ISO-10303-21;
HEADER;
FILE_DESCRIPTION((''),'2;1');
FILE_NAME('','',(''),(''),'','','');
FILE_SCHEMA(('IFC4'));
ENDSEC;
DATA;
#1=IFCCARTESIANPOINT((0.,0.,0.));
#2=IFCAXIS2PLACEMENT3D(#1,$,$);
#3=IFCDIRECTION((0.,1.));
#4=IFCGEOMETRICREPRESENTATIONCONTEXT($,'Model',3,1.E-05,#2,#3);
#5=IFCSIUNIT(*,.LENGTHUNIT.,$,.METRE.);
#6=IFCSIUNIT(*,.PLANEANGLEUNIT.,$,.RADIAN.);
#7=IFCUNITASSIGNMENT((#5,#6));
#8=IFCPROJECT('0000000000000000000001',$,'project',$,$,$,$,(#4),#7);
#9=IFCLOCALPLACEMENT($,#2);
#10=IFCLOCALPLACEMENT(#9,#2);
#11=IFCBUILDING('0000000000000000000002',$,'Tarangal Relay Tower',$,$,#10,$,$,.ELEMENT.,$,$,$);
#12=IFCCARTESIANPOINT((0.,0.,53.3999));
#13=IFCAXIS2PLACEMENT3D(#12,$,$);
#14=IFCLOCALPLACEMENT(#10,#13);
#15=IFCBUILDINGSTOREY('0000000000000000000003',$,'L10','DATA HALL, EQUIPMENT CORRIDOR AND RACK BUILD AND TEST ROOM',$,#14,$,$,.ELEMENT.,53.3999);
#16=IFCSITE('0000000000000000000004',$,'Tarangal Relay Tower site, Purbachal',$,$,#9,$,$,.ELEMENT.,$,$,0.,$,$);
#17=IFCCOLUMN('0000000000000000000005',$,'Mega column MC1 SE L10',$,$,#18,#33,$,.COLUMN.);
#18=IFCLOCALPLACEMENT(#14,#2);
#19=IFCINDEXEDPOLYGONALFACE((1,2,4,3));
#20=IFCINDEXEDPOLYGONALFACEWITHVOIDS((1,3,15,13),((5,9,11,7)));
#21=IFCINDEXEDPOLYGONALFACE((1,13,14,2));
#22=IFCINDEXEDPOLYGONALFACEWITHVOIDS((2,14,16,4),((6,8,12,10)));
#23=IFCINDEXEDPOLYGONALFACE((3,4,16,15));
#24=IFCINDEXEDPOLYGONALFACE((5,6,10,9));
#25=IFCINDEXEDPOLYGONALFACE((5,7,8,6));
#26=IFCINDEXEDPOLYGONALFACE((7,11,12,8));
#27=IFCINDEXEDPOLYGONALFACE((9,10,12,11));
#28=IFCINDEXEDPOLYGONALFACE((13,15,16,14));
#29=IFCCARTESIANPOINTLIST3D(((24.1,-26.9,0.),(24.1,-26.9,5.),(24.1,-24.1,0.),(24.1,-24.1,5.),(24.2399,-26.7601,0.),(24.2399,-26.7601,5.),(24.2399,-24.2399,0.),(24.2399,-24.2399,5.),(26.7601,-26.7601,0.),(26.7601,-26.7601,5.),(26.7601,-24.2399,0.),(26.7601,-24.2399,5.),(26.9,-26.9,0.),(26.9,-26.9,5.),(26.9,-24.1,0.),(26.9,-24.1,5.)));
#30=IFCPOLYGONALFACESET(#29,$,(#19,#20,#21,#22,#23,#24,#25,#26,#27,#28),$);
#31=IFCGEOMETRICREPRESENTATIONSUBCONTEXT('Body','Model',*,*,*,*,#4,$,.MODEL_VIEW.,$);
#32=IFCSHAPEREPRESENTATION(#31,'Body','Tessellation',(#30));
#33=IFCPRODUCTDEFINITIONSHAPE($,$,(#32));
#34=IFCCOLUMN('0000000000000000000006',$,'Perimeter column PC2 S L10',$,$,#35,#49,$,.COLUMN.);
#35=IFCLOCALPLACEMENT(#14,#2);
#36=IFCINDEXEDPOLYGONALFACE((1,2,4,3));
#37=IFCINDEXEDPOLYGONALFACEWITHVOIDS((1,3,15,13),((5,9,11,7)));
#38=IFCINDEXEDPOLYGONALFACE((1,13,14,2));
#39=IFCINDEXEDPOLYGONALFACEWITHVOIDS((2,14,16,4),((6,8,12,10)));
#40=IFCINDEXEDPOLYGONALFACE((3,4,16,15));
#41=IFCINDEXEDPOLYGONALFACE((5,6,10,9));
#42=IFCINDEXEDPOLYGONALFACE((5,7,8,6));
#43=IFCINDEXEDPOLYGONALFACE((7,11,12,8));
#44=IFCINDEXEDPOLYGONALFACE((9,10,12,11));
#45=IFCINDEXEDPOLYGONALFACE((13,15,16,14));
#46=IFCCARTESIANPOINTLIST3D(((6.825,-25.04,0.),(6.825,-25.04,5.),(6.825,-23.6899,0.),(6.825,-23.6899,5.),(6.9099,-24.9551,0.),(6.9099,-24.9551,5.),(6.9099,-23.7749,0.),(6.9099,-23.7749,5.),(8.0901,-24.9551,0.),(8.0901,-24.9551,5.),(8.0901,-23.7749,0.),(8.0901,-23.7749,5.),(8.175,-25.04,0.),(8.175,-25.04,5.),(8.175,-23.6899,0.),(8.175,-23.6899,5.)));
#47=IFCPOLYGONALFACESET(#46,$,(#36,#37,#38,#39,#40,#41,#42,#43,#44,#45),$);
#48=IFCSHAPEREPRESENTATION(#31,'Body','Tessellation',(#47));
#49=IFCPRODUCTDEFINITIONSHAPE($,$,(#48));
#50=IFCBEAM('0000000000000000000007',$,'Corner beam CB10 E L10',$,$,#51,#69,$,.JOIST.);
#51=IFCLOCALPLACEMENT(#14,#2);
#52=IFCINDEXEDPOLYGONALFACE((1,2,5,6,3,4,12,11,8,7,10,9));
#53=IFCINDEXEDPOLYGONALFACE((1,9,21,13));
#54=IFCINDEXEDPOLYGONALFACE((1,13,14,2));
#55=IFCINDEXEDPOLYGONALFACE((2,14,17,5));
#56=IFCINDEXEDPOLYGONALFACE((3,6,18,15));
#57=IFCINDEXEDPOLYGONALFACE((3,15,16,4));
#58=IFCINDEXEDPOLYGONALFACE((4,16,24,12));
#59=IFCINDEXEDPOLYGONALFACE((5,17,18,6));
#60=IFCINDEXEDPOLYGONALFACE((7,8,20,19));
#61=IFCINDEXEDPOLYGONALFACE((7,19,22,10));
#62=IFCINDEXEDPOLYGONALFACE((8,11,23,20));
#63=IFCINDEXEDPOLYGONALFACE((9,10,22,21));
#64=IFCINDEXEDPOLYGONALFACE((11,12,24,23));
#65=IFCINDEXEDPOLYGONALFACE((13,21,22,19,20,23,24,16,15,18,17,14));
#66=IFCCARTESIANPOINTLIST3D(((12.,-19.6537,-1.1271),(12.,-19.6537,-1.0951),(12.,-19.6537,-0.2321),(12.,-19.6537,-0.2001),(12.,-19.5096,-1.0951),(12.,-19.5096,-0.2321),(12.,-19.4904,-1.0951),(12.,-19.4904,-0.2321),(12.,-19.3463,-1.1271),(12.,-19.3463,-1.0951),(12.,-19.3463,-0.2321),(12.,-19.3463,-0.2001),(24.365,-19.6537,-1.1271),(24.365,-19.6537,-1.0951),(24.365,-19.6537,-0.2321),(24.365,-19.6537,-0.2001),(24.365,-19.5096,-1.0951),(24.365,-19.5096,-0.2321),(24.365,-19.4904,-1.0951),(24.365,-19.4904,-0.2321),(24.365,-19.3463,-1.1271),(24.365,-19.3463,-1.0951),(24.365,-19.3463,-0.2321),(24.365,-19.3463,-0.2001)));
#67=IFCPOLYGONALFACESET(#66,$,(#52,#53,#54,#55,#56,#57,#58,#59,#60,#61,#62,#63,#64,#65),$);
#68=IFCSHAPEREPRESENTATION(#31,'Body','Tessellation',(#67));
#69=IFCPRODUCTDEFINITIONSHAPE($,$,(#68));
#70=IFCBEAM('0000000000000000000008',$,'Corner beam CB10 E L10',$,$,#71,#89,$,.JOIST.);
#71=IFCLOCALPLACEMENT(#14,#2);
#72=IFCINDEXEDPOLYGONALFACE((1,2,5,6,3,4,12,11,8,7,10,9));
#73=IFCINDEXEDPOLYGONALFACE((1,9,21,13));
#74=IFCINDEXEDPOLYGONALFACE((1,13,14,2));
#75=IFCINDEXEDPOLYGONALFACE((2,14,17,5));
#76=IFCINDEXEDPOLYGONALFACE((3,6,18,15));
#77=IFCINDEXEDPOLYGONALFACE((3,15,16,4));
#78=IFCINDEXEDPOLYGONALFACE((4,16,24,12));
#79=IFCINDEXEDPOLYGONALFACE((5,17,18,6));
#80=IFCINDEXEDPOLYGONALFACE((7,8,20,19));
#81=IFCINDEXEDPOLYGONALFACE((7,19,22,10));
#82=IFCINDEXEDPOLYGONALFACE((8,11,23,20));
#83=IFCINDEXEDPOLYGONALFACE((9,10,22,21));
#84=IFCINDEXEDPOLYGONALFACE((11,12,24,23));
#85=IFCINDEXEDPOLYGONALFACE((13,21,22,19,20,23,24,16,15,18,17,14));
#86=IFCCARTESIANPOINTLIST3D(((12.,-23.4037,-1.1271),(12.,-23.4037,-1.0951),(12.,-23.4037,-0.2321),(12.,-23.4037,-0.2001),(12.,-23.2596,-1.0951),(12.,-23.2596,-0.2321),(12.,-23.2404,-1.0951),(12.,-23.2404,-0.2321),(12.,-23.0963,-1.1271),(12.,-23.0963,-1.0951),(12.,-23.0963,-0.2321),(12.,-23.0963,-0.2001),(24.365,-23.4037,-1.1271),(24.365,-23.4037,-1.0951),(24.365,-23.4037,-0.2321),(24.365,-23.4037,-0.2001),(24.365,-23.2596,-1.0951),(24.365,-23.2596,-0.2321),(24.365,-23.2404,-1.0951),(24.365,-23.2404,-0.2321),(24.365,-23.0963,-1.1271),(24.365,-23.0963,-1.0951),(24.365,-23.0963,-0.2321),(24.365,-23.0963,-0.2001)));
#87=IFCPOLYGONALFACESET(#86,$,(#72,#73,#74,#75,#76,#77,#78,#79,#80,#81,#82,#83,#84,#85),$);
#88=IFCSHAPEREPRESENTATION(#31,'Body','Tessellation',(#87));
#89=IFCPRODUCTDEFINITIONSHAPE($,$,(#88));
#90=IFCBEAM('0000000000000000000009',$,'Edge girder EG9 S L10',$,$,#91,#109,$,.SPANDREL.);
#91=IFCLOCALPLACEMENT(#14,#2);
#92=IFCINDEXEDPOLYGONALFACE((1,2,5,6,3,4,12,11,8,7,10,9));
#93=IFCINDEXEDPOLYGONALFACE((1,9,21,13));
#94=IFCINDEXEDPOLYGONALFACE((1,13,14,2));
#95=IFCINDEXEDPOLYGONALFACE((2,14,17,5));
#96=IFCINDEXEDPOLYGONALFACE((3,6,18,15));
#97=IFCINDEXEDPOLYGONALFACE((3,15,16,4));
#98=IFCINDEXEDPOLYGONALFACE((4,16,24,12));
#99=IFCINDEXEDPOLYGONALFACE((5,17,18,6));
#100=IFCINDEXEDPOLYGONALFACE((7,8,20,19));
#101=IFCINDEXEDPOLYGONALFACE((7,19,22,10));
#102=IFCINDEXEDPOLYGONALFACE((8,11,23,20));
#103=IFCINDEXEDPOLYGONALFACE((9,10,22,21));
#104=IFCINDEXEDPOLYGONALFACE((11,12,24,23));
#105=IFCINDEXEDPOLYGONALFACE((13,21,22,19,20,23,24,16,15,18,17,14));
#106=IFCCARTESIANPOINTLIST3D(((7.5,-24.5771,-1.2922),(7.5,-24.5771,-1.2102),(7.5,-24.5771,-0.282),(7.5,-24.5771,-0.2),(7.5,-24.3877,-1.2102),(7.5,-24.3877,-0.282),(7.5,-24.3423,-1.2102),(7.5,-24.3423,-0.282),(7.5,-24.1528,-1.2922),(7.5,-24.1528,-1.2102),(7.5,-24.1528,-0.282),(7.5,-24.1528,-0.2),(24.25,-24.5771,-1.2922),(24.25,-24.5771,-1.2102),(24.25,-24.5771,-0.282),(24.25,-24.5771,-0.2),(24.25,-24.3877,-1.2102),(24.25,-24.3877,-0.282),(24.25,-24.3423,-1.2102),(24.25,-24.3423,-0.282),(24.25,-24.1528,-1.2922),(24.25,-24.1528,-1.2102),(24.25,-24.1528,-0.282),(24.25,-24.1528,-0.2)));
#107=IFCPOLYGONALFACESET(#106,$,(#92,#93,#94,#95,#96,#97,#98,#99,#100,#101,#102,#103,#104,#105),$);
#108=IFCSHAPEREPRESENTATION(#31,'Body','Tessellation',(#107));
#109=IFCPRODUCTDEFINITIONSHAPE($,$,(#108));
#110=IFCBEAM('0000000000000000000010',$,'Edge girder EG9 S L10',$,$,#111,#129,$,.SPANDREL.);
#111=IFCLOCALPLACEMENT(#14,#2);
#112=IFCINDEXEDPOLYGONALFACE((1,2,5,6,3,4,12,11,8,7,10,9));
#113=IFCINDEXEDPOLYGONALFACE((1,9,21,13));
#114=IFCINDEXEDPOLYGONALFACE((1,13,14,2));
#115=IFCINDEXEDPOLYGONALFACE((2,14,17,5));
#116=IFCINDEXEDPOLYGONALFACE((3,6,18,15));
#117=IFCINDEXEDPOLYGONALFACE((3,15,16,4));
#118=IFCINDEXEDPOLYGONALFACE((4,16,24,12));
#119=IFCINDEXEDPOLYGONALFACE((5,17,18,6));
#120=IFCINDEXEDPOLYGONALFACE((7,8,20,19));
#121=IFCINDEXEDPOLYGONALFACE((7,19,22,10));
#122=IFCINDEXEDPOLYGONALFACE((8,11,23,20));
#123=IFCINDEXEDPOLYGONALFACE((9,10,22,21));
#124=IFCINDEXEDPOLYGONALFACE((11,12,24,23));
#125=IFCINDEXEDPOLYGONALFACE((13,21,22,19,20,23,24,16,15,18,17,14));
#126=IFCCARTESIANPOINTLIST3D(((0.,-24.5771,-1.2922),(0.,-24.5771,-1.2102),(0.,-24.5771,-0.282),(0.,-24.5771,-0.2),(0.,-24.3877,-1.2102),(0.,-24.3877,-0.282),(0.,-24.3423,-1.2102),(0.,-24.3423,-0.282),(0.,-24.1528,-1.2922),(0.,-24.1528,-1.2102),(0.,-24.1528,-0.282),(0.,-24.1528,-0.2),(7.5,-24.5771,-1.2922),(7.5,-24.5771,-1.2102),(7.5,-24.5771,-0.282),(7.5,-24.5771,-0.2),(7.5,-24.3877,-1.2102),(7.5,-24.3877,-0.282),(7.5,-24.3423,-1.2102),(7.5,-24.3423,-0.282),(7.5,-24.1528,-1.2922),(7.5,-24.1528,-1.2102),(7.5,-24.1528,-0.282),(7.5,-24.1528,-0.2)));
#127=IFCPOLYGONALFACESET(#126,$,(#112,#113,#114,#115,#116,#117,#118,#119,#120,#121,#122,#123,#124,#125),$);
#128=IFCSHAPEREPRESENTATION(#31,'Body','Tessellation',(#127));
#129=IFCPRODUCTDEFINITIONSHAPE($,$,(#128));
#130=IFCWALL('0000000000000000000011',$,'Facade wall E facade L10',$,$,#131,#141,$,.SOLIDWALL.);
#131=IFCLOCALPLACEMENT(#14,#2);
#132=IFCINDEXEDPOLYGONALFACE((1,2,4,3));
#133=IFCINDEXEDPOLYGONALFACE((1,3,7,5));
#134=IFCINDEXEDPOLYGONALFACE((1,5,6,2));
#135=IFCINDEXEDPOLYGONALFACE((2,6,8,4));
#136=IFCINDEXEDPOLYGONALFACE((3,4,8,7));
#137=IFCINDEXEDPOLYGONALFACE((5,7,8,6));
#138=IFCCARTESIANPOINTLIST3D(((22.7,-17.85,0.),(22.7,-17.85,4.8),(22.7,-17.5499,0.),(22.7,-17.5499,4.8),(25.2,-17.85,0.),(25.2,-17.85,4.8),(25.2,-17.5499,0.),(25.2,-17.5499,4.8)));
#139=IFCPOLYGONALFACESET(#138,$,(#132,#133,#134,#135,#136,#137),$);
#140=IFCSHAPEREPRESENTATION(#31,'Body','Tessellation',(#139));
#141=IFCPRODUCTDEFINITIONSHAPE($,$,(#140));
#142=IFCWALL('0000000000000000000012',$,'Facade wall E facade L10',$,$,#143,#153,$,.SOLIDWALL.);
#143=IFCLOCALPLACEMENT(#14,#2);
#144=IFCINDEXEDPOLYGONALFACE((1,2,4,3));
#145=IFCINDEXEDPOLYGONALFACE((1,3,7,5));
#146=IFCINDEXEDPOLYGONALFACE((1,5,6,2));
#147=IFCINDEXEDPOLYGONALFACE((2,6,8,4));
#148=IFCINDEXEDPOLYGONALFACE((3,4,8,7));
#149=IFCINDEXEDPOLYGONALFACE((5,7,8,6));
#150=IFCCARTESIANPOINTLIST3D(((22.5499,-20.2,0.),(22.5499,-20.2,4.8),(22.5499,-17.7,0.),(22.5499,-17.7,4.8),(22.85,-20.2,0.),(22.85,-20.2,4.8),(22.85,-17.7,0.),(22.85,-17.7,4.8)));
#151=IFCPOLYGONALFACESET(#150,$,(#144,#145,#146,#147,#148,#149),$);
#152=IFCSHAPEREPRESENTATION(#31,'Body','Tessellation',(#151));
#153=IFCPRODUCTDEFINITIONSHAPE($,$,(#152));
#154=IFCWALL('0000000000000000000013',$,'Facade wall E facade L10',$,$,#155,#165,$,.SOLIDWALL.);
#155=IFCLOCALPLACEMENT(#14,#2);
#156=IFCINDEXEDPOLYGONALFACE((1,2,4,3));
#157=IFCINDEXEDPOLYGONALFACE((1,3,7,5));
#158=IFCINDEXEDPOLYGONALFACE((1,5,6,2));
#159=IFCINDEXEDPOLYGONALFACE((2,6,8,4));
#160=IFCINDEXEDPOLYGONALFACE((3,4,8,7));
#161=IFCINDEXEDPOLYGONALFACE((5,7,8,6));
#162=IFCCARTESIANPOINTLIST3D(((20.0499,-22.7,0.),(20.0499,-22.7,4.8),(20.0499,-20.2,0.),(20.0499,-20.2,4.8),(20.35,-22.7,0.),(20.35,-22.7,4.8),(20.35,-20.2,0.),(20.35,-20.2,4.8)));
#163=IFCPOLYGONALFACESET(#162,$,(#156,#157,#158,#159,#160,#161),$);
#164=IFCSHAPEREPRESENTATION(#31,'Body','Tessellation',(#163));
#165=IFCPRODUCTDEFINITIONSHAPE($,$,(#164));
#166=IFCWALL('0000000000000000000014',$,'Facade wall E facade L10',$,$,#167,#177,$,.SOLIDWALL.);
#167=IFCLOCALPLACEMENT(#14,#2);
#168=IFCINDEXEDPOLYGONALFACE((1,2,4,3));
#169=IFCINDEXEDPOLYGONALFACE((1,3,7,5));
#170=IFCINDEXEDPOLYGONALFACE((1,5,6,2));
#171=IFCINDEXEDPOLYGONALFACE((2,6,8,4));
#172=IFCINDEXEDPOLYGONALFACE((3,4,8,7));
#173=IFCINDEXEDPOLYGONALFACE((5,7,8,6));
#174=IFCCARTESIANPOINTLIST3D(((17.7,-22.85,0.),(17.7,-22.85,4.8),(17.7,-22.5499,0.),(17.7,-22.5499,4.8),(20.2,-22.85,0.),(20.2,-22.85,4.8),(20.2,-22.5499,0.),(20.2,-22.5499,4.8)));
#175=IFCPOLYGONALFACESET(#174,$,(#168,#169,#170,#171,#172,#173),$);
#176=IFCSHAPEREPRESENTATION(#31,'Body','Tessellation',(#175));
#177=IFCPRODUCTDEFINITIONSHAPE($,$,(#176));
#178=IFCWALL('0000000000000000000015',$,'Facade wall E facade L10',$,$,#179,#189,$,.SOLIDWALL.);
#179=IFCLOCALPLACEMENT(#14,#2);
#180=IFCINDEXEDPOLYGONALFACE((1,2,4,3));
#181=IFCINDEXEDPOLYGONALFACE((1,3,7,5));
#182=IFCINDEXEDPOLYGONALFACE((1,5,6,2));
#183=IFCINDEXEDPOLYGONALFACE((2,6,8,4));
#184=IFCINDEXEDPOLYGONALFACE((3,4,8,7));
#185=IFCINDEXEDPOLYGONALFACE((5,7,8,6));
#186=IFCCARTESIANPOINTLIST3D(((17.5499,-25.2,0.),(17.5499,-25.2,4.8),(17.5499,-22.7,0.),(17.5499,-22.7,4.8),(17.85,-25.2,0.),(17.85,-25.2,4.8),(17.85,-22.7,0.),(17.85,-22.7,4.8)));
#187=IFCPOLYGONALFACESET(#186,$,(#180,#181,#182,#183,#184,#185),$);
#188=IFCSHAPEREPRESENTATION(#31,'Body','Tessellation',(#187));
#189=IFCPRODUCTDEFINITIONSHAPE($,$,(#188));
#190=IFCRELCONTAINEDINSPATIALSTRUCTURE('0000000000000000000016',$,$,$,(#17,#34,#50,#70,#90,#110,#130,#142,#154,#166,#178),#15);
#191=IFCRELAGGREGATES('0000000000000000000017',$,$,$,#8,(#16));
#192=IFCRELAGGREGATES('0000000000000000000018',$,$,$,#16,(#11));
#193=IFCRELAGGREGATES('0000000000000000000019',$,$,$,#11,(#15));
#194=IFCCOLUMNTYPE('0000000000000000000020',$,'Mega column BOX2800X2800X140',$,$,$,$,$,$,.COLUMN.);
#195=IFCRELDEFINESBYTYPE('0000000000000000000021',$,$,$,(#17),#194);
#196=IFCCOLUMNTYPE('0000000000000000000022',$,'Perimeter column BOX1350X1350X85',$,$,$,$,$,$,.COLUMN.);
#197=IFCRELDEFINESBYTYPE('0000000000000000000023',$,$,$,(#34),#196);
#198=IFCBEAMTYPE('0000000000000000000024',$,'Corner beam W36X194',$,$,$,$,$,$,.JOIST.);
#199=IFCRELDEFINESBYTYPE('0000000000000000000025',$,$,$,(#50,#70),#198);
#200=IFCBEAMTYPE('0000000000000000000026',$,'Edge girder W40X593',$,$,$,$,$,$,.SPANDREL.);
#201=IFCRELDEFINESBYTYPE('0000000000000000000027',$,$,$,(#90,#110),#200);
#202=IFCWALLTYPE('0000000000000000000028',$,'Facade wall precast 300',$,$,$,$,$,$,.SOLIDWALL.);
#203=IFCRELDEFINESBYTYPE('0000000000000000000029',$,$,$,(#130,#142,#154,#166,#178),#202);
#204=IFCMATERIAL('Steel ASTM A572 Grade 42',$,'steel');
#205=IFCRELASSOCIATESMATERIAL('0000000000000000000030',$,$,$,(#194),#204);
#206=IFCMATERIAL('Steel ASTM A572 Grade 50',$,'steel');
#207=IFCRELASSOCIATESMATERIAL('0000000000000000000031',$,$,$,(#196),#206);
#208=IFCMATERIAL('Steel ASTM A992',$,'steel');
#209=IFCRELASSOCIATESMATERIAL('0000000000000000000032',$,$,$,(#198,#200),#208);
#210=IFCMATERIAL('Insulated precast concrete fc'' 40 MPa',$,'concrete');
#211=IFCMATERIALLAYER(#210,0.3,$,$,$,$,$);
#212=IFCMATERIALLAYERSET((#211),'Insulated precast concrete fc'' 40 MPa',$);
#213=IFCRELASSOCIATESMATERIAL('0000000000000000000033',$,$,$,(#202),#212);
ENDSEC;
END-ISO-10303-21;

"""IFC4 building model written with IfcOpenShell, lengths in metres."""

from ifc_helpers import new_model, si_unit, direction, frame, frame_2d, origin, origin_2d, place, context, subcontext, project, spatial, rectangle, hollow_rectangle, i_section, extrude, material, layer, layer_set, material_profile, profile_set, type_object, element, save


model = new_model("IFC4")

# Units and contexts
model_context = context("Model", 3, precision=1e-05, world=origin(), true_north=direction((0.0, 1.0)))
body_context = subcontext(model_context, "Body", "Model", "MODEL_VIEW")
ifc_project = project(units=[si_unit("LENGTHUNIT", "METRE"), si_unit("PLANEANGLEUNIT", "RADIAN")], contexts=[model_context])

# Site, building, storey
site_placement = place(None, origin())
site = spatial("IfcSite", under=ifc_project, at=site_placement, Name="Tarangal Relay Tower site, Purbachal", CompositionType="ELEMENT", RefElevation=0.0)
building_placement = place(site_placement, origin())
building = spatial("IfcBuilding", under=site, at=building_placement, Name="Tarangal Relay Tower", CompositionType="ELEMENT")
storey_placement = place(building_placement, frame((0.0, 0.0, 53.3999)))
storey = spatial("IfcBuildingStorey", under=building, at=storey_placement, Name="L10", Description="DATA HALL, EQUIPMENT CORRIDOR AND RACK BUILD AND TEST ROOM", CompositionType="ELEMENT", Elevation=53.3999)

# Columns
ifc_material_1 = material(Name="Steel ASTM A572 Grade 42", Category="steel")
ifc_material_profile_1 = material_profile(ifc_material_1, hollow_rectangle(XDim=2.8, YDim=2.8, WallThickness=0.1399, at=origin_2d()), Name="BOX2800X2800X140")
ifc_profile_set_1 = profile_set([ifc_material_profile_1], Name="Steel ASTM A572 Grade 42")
column_type_1 = type_object("IfcColumnType", Name="Mega column BOX2800X2800X140", PredefinedType="COLUMN", material=ifc_profile_set_1)
column_1_placement = place(storey_placement, frame((25.5, -25.5, 0.0), z_axis=(0.0, 0.0, 1.0), x_axis=(1.0, 0.0, 0.0)))
element("IfcColumn", 1, at=column_1_placement, inside=storey, type_object=column_type_1, Name="Mega column MC1 SE L10", PredefinedType="COLUMN", context=body_context, shape_type="SweptSolid", body=[
    extrude(hollow_rectangle(XDim=2.8, YDim=2.8, WallThickness=0.1399, at=origin_2d()), origin(), (0.0, 0.0, 1.0), 5.0),
])
ifc_material_2 = material(Name="Steel ASTM A572 Grade 50", Category="steel")
ifc_material_profile_2 = material_profile(ifc_material_2, hollow_rectangle(XDim=1.3501, YDim=1.3501, WallThickness=0.085, at=origin_2d()), Name="BOX1350X1350X85")
ifc_profile_set_2 = profile_set([ifc_material_profile_2], Name="Steel ASTM A572 Grade 50")
column_type_2 = type_object("IfcColumnType", Name="Perimeter column BOX1350X1350X85", PredefinedType="COLUMN", material=ifc_profile_set_2)
column_2_placement = place(storey_placement, frame((7.5, -24.365, 0.0), z_axis=(0.0, 0.0, 1.0), x_axis=(1.0, 0.0, 0.0)))
element("IfcColumn", 2, at=column_2_placement, inside=storey, type_object=column_type_2, Name="Perimeter column PC2 S L10", PredefinedType="COLUMN", context=body_context, shape_type="SweptSolid", body=[
    extrude(hollow_rectangle(XDim=1.3501, YDim=1.3501, WallThickness=0.085, at=origin_2d()), origin(), (0.0, 0.0, 1.0), 5.0),
])

# Beams
ifc_material_3 = material(Name="Steel ASTM A992", Category="steel")
ifc_material_profile_3 = material_profile(ifc_material_3, i_section(OverallWidth=0.3074, OverallDepth=0.927, WebThickness=0.0193, FlangeThickness=0.032, at=origin_2d()), Name="W36X194")
ifc_profile_set_3 = profile_set([ifc_material_profile_3], Name="Steel ASTM A992")
beam_type_1 = type_object("IfcBeamType", Name="Corner beam W36X194", PredefinedType="JOIST", material=ifc_profile_set_3)
for number, where, z_axis, x_axis, name in (
    (3, (12.0, -19.5, -0.6636), (1.0, 0.0, 0.0), (0.0, 1.0, 0.0), "Corner beam CB10 E L10"),
    (4, (12.0, -23.25, -0.6636), (1.0, 0.0, 0.0), (0.0, 1.0, 0.0), "Corner beam CB10 E L10"),
):
    element("IfcBeam", number, at=place(storey_placement, frame(where, z_axis=z_axis, x_axis=x_axis)), inside=storey, type_object=beam_type_1, Name=name, PredefinedType="JOIST", context=body_context, shape_type="SweptSolid", body=[
        extrude(i_section(OverallWidth=0.3074, OverallDepth=0.927, WebThickness=0.0193, FlangeThickness=0.032, at=origin_2d()), origin(), (0.0, 0.0, 1.0), 12.365),
    ])
ifc_material_profile_4 = material_profile(ifc_material_3, i_section(OverallWidth=0.4243, OverallDepth=1.0923, WebThickness=0.0454, FlangeThickness=0.082, at=origin_2d()), Name="W40X593")
ifc_profile_set_4 = profile_set([ifc_material_profile_4], Name="Steel ASTM A992")
beam_type_2 = type_object("IfcBeamType", Name="Edge girder W40X593", PredefinedType="SPANDREL", material=ifc_profile_set_4)
beam_1_placement = place(storey_placement, frame((24.25, -24.365, -0.7461), z_axis=(-1.0, 0.0, 0.0), x_axis=(0.0, -1.0, 0.0)))
element("IfcBeam", 5, at=beam_1_placement, inside=storey, type_object=beam_type_2, Name="Edge girder EG9 S L10", PredefinedType="SPANDREL", context=body_context, shape_type="SweptSolid", body=[
    extrude(i_section(OverallWidth=0.4243, OverallDepth=1.0923, WebThickness=0.0454, FlangeThickness=0.082, at=origin_2d()), origin(), (0.0, 0.0, 1.0), 16.75),
])
beam_2_placement = place(storey_placement, frame((7.5, -24.365, -0.7461), z_axis=(-1.0, 0.0, 0.0), x_axis=(0.0, -1.0, 0.0)))
element("IfcBeam", 6, at=beam_2_placement, inside=storey, type_object=beam_type_2, Name="Edge girder EG9 S L10", PredefinedType="SPANDREL", context=body_context, shape_type="SweptSolid", body=[
    extrude(i_section(OverallWidth=0.4243, OverallDepth=1.0923, WebThickness=0.0454, FlangeThickness=0.082, at=origin_2d()), origin(), (0.0, 0.0, 1.0), 7.5),
])

# Walls
ifc_material_4 = material(Name="Insulated precast concrete fc' 40 MPa", Category="concrete")
ifc_layer_1 = layer(ifc_material_4, 0.3)
ifc_layer_set_1 = layer_set([ifc_layer_1], Name="Insulated precast concrete fc' 40 MPa")
wall_type_1 = type_object("IfcWallType", Name="Facade wall precast 300", PredefinedType="SOLIDWALL", material=ifc_layer_set_1)
for number, where, z_axis, x_axis, name in (
    (7, (25.2, -17.7, 0.0), (0.0, 0.0, 1.0), (-1.0, 0.0, 0.0), "Facade wall E facade L10"),
    (8, (22.7, -17.7, 0.0), (0.0, 0.0, 1.0), (0.0, -1.0, 0.0), "Facade wall E facade L10"),
):
    element("IfcWall", number, at=place(storey_placement, frame(where, z_axis=z_axis, x_axis=x_axis)), inside=storey, type_object=wall_type_1, Name=name, PredefinedType="SOLIDWALL", context=body_context, shape_type="SweptSolid", body=[
        extrude(rectangle(XDim=2.5, YDim=0.3, at=frame_2d((1.25, 0.0))), origin(), (0.0, 0.0, 1.0), 4.8),
    ])

# Walls
for number, where, z_axis, x_axis, name in (
    (9, (20.2, -20.2, 0.0), (0.0, 0.0, 1.0), (0.0, -1.0, 0.0), "Facade wall E facade L10"),
    (10, (20.2, -22.7, 0.0), (0.0, 0.0, 1.0), (-1.0, 0.0, 0.0), "Facade wall E facade L10"),
    (11, (17.7, -22.7, 0.0), (0.0, 0.0, 1.0), (0.0, -1.0, 0.0), "Facade wall E facade L10"),
):
    element("IfcWall", number, at=place(storey_placement, frame(where, z_axis=z_axis, x_axis=x_axis)), inside=storey, type_object=wall_type_1, Name=name, PredefinedType="SOLIDWALL", context=body_context, shape_type="SweptSolid", body=[
        extrude(rectangle(XDim=2.5, YDim=0.3, at=frame_2d((1.25, 0.0))), origin(), (0.0, 0.0, 1.0), 4.8),
    ])

save(model, "model.ifc")
